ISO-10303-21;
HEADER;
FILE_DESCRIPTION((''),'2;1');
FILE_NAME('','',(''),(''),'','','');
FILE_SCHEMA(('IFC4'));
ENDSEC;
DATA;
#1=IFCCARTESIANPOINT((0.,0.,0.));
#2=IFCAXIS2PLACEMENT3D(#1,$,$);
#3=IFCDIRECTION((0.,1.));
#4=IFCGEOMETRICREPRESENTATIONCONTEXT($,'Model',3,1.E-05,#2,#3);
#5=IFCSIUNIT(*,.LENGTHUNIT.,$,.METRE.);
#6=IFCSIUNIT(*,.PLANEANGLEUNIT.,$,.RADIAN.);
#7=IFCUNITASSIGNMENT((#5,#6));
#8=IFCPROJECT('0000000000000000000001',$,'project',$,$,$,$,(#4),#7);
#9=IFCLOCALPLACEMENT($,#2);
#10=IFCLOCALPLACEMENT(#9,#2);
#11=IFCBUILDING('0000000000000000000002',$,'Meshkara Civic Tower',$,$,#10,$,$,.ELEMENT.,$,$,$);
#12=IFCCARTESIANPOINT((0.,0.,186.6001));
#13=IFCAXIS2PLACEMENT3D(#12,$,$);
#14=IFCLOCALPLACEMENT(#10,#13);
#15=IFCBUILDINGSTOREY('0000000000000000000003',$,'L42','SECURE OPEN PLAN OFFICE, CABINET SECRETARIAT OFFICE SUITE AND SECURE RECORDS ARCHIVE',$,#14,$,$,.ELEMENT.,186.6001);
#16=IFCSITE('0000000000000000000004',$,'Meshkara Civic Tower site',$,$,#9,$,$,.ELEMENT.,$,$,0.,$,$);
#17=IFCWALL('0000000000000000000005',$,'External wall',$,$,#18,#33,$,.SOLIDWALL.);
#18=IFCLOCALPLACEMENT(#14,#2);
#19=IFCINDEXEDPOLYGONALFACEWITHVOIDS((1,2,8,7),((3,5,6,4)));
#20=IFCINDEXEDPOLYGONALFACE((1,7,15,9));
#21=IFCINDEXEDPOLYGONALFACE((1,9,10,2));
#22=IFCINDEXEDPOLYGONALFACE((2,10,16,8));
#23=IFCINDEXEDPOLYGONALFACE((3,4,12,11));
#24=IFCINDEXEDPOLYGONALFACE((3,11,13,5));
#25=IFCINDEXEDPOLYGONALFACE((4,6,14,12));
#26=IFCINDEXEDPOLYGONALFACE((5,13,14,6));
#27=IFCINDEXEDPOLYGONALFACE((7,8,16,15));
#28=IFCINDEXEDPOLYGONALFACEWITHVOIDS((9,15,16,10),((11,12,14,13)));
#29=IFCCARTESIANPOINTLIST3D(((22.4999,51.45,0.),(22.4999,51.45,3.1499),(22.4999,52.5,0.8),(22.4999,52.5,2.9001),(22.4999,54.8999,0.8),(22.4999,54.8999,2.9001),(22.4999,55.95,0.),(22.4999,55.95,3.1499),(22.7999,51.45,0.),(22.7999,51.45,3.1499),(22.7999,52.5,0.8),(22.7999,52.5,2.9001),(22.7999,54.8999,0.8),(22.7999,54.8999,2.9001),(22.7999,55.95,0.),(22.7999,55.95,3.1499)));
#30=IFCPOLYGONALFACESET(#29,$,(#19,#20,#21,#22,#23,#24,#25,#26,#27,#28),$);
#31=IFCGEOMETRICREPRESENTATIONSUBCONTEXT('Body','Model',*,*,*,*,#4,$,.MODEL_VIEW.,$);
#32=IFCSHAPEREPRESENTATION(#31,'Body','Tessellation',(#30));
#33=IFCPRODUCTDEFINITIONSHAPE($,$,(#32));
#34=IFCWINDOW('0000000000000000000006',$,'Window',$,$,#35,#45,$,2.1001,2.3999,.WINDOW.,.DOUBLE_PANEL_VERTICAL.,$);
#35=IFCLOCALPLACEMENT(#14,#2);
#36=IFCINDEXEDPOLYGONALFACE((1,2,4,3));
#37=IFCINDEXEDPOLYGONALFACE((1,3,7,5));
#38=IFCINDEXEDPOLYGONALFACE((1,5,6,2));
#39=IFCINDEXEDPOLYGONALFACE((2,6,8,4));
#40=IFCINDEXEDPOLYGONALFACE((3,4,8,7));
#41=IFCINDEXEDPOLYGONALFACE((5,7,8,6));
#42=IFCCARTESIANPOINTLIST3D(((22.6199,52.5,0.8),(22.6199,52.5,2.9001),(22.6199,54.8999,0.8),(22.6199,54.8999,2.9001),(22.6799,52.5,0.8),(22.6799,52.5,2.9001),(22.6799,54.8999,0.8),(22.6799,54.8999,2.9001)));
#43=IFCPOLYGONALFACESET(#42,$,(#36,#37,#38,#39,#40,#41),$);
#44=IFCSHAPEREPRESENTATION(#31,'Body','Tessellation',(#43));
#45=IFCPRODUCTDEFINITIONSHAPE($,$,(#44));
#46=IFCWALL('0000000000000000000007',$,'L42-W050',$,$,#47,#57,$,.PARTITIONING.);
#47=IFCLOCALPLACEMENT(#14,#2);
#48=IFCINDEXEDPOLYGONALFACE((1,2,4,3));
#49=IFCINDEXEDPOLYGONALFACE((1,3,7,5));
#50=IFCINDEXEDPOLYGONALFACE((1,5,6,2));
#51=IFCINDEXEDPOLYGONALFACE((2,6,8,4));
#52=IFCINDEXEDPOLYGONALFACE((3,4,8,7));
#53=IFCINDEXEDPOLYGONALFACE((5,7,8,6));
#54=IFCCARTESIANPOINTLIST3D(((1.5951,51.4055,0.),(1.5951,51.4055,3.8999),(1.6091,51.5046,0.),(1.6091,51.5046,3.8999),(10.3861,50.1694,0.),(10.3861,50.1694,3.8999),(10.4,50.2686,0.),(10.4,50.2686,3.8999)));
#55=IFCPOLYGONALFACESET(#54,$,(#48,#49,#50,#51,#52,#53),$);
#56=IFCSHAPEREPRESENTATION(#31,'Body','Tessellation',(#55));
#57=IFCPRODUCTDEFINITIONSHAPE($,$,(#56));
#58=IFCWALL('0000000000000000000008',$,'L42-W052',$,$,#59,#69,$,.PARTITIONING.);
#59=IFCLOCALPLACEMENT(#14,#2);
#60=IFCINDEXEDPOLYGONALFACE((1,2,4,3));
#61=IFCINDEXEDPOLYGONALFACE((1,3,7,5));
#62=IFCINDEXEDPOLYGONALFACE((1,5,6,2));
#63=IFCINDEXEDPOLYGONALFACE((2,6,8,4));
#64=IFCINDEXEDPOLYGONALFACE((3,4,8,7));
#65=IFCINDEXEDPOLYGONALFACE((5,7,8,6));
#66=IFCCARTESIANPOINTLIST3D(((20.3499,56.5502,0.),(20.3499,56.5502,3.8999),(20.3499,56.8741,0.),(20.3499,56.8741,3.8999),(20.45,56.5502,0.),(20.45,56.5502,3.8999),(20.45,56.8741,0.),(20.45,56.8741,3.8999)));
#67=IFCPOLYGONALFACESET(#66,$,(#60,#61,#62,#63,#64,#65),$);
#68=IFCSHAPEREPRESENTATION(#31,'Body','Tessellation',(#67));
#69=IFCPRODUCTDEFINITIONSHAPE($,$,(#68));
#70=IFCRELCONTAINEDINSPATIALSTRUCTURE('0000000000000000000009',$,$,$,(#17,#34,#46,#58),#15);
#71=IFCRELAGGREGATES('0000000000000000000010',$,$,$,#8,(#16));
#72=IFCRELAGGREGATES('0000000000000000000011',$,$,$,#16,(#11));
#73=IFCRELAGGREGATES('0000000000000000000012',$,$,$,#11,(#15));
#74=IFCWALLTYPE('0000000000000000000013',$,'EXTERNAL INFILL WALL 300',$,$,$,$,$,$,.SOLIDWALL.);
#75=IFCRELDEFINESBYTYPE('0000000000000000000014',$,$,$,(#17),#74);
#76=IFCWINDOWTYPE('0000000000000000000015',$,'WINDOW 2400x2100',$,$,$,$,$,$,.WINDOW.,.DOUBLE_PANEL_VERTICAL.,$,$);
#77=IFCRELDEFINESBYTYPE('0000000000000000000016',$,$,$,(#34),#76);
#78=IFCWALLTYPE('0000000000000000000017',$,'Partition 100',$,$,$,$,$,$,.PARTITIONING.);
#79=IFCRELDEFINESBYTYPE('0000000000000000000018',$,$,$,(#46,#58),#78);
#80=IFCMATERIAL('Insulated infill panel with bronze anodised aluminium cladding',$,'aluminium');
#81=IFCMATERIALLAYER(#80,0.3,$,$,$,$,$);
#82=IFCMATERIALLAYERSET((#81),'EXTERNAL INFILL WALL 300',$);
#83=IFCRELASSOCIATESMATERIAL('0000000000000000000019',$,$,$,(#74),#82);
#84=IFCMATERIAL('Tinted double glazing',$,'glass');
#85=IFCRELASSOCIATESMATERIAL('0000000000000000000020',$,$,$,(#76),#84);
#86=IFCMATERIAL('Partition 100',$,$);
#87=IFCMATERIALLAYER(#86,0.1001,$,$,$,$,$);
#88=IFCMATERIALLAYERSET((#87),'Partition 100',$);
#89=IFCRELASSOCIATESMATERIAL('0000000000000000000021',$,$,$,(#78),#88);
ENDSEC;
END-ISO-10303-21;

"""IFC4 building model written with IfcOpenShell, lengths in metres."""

from ifc_helpers import new_model, si_unit, direction, frame, frame_2d, origin, place, context, subcontext, project, spatial, rectangle, extrude, material, layer, layer_set, type_object, element, fill, save


model = new_model("IFC4")

# Units and contexts
model_context = context("Model", 3, precision=1e-05, world=origin(), true_north=direction((0.0, 1.0)))
body_context = subcontext(model_context, "Body", "Model", "MODEL_VIEW")
ifc_project = project(units=[si_unit("LENGTHUNIT", "METRE"), si_unit("PLANEANGLEUNIT", "RADIAN")], contexts=[model_context])

# Site, building, storey
site_placement = place(None, origin())
site = spatial("IfcSite", under=ifc_project, at=site_placement, Name="Meshkara Civic Tower site", CompositionType="ELEMENT", RefElevation=0.0)
building_placement = place(site_placement, origin())
building = spatial("IfcBuilding", under=site, at=building_placement, Name="Meshkara Civic Tower", CompositionType="ELEMENT")
storey_placement = place(building_placement, frame((0.0, 0.0, 186.6001)))
storey = spatial("IfcBuildingStorey", under=building, at=storey_placement, Name="L42", Description="SECURE OPEN PLAN OFFICE, CABINET SECRETARIAT OFFICE SUITE AND SECURE RECORDS ARCHIVE", CompositionType="ELEMENT", Elevation=186.6001)

# Wall, opening, window
ifc_material_1 = material(Name="Insulated infill panel with bronze anodised aluminium cladding", Category="aluminium")
ifc_layer_1 = layer(ifc_material_1, 0.3)
ifc_layer_set_1 = layer_set([ifc_layer_1], Name="EXTERNAL INFILL WALL 300")
wall_type_1 = type_object("IfcWallType", Name="EXTERNAL INFILL WALL 300", PredefinedType="SOLIDWALL", material=ifc_layer_set_1)
ifc_material_2 = material(Name="Tinted double glazing", Category="glass")
window_type = type_object("IfcWindowType", Name="WINDOW 2400x2100", PartitioningType="DOUBLE_PANEL_VERTICAL", PredefinedType="WINDOW", material=ifc_material_2)
wall_1_placement = place(storey_placement, frame((22.6499, 51.45, 0.0), z_axis=(0.0, 0.0, 1.0), x_axis=(0.0, 1.0, 0.0)))
wall_1 = element("IfcWall", 1, at=wall_1_placement, inside=storey, type_object=wall_type_1, Name="External wall", PredefinedType="SOLIDWALL", context=body_context, shape_type="SweptSolid", body=[
    extrude(rectangle(XDim=4.5, YDim=0.3, at=frame_2d((2.25, 0.0))), origin(), (0.0, 0.0, 1.0), 3.1499),
])
opening_1_placement = place(wall_1_placement, frame((1.05, 0.0, 0.8)))
opening_1 = element("IfcOpeningElement", 2, at=opening_1_placement, cuts=wall_1, PredefinedType="OPENING", context=body_context, shape_type="SweptSolid", body=[
    extrude(rectangle(XDim=2.3999, YDim=2.1001, at=frame_2d((1.2, 1.05))), frame((0.0, 0.1599, 0.0), z_axis=(0.0, -1.0, 0.0), x_axis=(1.0, 0.0, 0.0)), (0.0, 0.0, 1.0), 0.3201),
])
window_1_placement = place(opening_1_placement, origin())
window_1 = element("IfcWindow", 3, at=window_1_placement, inside=storey, type_object=window_type, Name="Window", OverallHeight=2.1001, OverallWidth=2.3999, PartitioningType="DOUBLE_PANEL_VERTICAL", PredefinedType="WINDOW", context=body_context, shape_type="SweptSolid", body=[
    extrude(rectangle(XDim=2.3999, YDim=2.1001, at=frame_2d((1.2, 1.05))), frame((0.0, 0.03, 0.0), z_axis=(0.0, -1.0, 0.0), x_axis=(1.0, 0.0, 0.0)), (0.0, 0.0, 1.0), 0.0601),
])
fill(opening_1, window_1)

# Walls
ifc_material_3 = material(Name="Partition 100")
ifc_layer_2 = layer(ifc_material_3, 0.1001)
ifc_layer_set_2 = layer_set([ifc_layer_2], Name="Partition 100")
wall_type_2 = type_object("IfcWallType", Name="Partition 100", PredefinedType="PARTITIONING", material=ifc_layer_set_2)
wall_2_placement = place(storey_placement, frame((10.3931, 50.219, 0.0), z_axis=(0.0, 0.0, 1.0), x_axis=(-0.990259, 0.139238, 0.0)))
element("IfcWall", 4, at=wall_2_placement, inside=storey, type_object=wall_type_2, Name="L42-W050", PredefinedType="PARTITIONING", context=body_context, shape_type="SweptSolid", body=[
    extrude(rectangle(XDim=8.8774, YDim=0.1001, at=frame_2d((4.4387, 0.0))), origin(), (0.0, 0.0, 1.0), 3.8999),
])
wall_3_placement = place(storey_placement, frame((20.3999, 56.55, 0.0), z_axis=(0.0, 0.0, 1.0), x_axis=(0.0, 1.0, 0.0)))
element("IfcWall", 5, at=wall_3_placement, inside=storey, type_object=wall_type_2, Name="L42-W052", PredefinedType="PARTITIONING", context=body_context, shape_type="SweptSolid", body=[
    extrude(rectangle(XDim=0.324, YDim=0.1001, at=frame_2d((0.1621, 0.0))), origin(), (0.0, 0.0, 1.0), 3.8999),
])

save(model, "model.ifc")
